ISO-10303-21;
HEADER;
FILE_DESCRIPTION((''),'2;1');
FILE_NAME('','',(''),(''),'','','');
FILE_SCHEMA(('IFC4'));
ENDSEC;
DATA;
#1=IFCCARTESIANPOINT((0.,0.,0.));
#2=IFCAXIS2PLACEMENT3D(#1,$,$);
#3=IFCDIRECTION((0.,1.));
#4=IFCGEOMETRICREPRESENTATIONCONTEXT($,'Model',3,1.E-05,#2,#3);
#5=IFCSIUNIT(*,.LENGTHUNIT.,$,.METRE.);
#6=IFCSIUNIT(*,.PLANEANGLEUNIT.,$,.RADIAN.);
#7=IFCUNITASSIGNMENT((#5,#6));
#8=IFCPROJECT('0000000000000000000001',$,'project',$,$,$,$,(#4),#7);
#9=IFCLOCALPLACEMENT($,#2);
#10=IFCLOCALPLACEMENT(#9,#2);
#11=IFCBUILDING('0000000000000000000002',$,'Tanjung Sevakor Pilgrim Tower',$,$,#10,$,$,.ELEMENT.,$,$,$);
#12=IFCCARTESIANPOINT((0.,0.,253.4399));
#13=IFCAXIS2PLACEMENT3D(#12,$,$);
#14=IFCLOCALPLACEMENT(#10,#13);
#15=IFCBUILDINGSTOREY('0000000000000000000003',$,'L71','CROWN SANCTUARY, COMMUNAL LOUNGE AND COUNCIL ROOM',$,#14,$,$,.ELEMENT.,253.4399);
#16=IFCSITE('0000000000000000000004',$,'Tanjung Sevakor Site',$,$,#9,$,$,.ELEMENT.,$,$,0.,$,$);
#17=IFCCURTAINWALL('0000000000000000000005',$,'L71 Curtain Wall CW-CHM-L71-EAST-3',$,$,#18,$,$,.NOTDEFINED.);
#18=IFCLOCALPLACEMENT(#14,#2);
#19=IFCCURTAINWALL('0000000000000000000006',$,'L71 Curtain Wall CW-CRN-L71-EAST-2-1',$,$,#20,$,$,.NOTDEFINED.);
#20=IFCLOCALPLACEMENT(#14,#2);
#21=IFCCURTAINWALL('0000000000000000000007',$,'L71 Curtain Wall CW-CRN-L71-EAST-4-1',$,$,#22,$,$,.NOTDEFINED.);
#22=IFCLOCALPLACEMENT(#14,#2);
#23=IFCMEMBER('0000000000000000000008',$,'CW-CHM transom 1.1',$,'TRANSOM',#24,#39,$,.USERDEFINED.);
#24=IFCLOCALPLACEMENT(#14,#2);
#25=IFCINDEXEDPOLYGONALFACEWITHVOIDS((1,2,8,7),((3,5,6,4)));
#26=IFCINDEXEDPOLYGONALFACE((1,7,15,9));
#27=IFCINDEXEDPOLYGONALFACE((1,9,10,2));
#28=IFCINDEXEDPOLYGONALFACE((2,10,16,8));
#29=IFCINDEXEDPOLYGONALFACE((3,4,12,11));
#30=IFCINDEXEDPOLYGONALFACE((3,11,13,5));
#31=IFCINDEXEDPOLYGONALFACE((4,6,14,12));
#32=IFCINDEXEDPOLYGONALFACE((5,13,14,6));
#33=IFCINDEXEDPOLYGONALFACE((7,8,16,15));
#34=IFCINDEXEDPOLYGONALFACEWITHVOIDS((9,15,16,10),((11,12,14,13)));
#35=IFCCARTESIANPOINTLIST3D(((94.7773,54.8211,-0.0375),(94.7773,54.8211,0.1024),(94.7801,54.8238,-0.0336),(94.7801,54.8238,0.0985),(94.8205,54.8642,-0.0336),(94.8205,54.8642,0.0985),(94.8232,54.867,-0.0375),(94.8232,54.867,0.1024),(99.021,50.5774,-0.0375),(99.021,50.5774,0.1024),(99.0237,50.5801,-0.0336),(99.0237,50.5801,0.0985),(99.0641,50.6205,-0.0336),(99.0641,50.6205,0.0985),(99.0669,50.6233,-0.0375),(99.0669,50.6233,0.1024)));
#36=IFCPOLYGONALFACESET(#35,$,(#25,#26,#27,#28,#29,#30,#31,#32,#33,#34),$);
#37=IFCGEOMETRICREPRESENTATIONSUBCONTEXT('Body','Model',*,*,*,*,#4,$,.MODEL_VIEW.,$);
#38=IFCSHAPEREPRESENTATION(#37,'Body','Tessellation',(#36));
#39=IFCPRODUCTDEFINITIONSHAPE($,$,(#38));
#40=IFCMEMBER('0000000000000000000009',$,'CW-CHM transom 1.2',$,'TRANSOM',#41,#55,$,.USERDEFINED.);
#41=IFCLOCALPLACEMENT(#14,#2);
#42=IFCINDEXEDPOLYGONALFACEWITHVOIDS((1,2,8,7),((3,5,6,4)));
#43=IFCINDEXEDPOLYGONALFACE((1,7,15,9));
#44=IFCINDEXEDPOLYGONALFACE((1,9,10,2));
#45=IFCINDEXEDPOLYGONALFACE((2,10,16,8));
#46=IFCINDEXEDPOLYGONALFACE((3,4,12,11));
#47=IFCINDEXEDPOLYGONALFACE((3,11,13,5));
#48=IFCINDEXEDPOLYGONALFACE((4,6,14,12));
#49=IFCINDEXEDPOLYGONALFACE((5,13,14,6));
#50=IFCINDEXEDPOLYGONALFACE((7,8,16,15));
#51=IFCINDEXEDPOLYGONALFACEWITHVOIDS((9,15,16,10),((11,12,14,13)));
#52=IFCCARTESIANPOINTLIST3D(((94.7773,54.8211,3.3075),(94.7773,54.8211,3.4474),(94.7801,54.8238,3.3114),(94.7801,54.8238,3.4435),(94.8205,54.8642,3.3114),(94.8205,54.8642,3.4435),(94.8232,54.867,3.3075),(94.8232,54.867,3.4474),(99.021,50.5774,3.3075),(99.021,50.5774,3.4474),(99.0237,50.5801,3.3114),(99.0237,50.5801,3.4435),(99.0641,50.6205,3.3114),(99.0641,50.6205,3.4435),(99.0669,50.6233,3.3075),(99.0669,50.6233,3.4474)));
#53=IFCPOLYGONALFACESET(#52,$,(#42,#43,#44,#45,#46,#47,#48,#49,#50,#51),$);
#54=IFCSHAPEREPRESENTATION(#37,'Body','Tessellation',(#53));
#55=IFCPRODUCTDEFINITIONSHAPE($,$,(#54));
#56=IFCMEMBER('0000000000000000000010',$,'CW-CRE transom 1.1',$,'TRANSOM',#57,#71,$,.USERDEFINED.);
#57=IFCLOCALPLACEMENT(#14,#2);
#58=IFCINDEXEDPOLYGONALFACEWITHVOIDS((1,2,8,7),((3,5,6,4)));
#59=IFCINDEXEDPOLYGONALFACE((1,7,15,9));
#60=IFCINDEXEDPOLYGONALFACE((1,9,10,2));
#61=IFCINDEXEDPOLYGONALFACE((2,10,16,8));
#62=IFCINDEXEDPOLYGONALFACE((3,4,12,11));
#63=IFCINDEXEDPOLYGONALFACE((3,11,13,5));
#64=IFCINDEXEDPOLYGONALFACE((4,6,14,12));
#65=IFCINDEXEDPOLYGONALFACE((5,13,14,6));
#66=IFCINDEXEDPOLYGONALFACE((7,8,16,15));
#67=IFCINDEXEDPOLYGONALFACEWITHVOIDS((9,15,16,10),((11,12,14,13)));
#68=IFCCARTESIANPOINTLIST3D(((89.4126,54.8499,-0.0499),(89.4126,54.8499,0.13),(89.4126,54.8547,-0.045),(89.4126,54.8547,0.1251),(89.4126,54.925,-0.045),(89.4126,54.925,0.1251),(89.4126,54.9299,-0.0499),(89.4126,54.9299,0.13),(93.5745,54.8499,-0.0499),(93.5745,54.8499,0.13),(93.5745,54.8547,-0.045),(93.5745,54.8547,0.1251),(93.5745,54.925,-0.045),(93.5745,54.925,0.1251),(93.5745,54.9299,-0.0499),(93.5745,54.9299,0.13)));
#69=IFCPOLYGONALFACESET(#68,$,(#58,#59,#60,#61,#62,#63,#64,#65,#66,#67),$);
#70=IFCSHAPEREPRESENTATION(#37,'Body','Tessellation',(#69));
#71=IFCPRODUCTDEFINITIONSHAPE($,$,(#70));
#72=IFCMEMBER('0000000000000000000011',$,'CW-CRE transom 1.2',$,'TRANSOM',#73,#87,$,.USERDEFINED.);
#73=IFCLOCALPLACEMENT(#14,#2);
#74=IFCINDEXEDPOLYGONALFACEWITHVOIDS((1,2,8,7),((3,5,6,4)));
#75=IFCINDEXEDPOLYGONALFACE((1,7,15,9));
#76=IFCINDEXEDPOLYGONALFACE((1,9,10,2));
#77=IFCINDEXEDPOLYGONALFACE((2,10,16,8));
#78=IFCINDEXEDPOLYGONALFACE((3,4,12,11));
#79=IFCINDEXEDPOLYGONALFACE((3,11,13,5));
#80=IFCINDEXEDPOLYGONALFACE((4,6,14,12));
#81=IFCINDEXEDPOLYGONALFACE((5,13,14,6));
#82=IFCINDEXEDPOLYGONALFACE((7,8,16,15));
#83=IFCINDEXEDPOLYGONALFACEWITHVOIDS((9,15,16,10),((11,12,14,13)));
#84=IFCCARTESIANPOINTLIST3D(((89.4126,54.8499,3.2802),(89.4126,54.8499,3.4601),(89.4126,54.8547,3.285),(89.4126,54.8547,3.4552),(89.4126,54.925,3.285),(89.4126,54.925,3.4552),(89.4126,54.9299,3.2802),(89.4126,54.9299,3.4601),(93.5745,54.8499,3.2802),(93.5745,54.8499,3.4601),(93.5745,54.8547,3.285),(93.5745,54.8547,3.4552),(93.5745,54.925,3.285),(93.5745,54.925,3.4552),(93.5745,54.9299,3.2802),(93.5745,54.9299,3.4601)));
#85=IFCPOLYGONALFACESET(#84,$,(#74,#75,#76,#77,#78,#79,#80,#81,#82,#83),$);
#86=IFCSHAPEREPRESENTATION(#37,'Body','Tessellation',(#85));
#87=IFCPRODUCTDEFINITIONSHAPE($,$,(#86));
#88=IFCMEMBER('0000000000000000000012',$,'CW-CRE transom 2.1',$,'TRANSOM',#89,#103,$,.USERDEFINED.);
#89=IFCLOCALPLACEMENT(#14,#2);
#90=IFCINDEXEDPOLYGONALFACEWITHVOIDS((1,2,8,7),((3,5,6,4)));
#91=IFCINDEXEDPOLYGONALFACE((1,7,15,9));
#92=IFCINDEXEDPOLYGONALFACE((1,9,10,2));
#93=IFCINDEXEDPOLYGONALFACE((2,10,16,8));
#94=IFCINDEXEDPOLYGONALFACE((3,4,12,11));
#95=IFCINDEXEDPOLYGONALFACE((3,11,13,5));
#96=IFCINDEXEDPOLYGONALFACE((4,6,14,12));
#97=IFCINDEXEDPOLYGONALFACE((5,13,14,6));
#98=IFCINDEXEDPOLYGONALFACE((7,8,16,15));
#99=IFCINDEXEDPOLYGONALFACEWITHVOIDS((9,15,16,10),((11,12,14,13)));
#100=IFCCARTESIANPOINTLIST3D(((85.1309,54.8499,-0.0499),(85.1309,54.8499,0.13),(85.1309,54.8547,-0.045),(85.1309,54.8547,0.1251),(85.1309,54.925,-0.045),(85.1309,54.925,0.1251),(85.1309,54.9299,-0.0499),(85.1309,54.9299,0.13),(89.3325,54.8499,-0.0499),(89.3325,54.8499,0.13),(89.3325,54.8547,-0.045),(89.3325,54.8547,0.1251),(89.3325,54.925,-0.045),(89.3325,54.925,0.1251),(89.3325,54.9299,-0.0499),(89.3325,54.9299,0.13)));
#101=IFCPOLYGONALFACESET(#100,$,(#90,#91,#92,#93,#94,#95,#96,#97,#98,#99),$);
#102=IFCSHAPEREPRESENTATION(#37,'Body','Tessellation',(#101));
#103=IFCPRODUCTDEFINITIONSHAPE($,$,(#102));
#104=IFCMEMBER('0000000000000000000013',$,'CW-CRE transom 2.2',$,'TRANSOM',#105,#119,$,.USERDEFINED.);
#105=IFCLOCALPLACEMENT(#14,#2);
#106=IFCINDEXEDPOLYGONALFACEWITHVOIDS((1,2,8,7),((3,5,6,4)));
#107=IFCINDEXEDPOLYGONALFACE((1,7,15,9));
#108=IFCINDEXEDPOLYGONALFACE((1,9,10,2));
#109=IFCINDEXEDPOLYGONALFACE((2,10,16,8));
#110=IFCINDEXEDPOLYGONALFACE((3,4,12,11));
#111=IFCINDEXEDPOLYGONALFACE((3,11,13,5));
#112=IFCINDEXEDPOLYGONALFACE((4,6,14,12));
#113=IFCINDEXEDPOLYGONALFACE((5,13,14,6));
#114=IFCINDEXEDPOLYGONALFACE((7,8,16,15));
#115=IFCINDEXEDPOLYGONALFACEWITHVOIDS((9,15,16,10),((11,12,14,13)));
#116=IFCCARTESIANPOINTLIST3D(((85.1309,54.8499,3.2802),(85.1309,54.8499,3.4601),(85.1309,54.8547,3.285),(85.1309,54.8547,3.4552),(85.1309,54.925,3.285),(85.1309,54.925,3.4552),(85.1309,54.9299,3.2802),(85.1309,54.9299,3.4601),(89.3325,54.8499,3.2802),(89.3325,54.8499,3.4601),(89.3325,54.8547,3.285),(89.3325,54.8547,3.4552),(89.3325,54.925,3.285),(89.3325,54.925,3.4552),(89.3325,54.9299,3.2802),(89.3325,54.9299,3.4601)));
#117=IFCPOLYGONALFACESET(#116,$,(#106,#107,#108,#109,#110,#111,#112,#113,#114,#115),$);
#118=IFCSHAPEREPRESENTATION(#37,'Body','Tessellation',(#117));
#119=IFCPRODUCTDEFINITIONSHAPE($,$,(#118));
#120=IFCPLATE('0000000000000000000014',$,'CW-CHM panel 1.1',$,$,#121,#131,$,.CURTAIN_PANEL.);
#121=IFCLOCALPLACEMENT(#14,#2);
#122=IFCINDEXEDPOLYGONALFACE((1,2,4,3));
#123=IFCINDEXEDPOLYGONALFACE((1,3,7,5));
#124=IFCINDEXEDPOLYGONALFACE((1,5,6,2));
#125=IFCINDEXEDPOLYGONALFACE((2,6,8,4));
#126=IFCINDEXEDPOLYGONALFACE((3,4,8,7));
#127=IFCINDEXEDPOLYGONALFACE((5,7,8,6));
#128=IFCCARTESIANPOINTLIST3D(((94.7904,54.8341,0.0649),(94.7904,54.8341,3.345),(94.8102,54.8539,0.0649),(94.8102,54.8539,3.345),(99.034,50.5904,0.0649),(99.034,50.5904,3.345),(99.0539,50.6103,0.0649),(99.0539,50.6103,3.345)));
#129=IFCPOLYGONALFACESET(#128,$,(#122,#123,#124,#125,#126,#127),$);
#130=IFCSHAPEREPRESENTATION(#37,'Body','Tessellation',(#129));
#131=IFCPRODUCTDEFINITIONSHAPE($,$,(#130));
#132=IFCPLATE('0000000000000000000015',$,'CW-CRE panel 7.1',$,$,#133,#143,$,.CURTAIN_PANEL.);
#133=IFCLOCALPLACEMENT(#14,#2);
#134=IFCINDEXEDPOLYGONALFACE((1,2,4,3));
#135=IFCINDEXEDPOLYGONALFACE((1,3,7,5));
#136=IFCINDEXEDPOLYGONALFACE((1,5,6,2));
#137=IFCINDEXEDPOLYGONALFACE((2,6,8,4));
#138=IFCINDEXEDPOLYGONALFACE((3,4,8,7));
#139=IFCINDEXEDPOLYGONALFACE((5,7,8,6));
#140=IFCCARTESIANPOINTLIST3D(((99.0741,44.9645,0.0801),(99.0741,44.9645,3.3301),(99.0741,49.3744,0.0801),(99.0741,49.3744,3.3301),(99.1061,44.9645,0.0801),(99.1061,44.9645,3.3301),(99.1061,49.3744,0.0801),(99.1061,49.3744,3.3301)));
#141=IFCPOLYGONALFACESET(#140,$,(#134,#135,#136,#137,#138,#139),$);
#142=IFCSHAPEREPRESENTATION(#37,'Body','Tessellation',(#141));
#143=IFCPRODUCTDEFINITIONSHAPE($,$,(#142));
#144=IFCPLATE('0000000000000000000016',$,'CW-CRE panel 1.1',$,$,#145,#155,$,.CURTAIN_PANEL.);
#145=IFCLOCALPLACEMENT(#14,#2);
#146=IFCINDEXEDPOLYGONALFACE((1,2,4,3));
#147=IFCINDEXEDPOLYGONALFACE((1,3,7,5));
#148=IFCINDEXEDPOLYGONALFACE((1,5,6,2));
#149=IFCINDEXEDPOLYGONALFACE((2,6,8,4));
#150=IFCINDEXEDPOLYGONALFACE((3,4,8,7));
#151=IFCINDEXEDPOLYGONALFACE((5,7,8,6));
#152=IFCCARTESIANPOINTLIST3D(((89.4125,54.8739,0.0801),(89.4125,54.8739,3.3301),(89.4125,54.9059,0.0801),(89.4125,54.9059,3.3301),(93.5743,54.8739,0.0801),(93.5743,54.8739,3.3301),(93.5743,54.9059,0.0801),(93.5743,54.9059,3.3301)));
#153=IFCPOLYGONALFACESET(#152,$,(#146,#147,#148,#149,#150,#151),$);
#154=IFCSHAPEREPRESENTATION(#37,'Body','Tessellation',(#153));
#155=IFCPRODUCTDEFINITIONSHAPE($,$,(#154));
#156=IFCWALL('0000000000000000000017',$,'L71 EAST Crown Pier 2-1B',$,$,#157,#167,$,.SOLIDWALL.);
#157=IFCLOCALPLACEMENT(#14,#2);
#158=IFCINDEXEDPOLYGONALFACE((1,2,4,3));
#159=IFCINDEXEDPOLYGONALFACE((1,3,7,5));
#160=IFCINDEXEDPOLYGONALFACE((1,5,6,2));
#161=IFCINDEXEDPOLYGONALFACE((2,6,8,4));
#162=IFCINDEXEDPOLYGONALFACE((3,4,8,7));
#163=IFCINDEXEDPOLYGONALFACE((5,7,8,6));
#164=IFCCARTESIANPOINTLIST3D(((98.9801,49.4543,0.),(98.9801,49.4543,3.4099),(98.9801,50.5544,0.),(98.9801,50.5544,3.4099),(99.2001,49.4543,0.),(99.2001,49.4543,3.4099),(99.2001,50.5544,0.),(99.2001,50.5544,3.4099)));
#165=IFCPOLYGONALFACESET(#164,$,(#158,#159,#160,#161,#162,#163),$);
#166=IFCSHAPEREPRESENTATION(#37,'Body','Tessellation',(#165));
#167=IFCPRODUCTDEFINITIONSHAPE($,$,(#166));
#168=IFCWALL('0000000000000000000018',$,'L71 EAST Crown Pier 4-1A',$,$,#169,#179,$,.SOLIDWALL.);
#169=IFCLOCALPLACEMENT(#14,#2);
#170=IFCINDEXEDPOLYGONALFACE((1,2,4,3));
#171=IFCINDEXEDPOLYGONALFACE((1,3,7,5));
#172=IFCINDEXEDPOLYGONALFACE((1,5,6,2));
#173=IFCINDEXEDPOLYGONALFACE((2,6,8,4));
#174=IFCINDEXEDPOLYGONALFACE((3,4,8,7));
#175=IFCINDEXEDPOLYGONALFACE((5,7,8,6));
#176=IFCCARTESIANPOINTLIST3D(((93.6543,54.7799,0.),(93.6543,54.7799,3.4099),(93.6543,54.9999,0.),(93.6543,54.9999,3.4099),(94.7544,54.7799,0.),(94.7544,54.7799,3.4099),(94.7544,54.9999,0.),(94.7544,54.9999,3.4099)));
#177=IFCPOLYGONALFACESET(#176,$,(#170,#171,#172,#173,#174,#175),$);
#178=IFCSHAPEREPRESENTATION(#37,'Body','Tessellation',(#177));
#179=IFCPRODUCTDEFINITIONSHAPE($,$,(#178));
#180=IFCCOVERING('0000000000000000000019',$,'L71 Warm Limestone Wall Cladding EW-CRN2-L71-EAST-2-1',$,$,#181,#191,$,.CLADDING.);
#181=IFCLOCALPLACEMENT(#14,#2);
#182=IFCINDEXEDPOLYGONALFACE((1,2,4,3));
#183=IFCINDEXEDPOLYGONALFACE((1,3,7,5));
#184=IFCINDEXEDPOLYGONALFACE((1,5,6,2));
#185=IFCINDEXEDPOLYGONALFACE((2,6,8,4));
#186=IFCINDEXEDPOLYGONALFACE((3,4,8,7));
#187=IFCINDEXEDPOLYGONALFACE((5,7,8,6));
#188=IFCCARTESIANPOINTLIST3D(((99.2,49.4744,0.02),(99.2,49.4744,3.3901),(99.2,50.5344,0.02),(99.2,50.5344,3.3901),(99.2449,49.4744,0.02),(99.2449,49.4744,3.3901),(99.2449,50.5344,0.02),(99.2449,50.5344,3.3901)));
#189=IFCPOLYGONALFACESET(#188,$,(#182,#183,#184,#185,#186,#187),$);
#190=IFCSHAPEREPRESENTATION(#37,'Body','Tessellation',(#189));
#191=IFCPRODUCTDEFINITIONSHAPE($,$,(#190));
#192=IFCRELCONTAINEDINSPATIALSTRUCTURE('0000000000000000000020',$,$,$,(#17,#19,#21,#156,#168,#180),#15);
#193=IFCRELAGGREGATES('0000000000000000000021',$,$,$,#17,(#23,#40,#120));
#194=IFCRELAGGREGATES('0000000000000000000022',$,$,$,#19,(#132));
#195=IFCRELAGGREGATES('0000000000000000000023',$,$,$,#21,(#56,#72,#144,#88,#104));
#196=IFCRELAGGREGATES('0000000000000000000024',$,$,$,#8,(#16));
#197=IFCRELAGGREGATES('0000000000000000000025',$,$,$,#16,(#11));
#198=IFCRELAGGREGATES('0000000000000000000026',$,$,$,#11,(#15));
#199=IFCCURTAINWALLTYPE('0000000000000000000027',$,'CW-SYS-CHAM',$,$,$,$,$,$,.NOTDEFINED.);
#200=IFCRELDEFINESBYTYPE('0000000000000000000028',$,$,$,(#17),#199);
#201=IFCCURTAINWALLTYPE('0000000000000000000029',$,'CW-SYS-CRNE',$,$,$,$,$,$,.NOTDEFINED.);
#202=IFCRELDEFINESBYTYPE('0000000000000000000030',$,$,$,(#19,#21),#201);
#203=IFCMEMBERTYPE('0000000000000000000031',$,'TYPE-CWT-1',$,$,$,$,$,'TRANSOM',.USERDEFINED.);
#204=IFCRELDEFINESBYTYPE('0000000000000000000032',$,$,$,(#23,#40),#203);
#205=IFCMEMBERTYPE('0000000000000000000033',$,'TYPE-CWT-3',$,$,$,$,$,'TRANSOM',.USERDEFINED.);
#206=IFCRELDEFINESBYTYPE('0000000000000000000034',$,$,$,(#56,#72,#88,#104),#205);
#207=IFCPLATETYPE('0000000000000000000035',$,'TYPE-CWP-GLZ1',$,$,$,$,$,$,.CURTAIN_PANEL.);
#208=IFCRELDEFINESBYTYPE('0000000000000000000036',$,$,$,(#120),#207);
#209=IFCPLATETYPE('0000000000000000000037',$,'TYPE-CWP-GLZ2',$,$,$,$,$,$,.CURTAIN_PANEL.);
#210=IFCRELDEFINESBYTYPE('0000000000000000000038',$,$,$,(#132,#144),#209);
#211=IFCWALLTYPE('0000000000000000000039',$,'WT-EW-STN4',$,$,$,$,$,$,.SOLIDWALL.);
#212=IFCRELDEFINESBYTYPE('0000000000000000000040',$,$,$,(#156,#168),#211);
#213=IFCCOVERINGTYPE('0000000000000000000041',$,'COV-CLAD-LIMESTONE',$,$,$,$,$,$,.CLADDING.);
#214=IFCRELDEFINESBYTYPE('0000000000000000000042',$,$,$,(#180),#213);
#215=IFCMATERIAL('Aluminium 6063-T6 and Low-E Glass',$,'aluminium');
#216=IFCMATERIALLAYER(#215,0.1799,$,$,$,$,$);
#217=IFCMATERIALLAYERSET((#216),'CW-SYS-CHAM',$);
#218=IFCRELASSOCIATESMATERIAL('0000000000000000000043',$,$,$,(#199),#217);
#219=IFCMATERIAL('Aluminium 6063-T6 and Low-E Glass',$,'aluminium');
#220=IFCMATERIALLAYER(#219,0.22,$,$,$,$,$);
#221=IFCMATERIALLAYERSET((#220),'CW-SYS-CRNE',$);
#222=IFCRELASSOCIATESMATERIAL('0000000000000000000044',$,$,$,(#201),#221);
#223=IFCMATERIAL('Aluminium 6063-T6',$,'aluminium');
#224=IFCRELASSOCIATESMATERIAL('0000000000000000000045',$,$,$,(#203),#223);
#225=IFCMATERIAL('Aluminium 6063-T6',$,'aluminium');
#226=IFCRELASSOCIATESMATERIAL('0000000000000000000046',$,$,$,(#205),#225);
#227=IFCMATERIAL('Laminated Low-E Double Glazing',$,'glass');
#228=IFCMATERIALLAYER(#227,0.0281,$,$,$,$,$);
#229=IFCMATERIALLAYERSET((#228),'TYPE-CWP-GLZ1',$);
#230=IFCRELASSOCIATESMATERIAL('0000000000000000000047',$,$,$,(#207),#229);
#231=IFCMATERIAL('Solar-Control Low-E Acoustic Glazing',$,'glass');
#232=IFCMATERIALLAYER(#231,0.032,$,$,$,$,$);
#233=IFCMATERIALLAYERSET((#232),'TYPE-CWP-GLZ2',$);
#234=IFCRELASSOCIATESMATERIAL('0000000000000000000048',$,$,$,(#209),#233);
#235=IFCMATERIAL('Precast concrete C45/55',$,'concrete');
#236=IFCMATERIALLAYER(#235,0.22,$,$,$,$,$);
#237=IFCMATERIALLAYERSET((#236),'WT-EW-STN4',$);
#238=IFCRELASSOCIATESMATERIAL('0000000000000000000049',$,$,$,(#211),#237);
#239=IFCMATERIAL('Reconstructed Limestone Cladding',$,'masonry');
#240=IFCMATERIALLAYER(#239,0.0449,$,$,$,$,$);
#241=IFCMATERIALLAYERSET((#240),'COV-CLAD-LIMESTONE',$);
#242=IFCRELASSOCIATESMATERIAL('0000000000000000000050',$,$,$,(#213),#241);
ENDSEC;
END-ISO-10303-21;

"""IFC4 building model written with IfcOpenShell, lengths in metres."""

from ifc_helpers import new_model, si_unit, direction, frame, frame_2d, origin, origin_2d, place, context, subcontext, project, spatial, rectangle, hollow_rectangle, extrude, material, layer, layer_set, material_profile, profile_set, type_object, element, aggregate, save


model = new_model("IFC4")

# Units and contexts
model_context = context("Model", 3, precision=1e-05, world=origin(), true_north=direction((0.0, 1.0)))
body_context = subcontext(model_context, "Body", "Model", "MODEL_VIEW")
ifc_project = project(units=[si_unit("LENGTHUNIT", "METRE"), si_unit("PLANEANGLEUNIT", "RADIAN")], contexts=[model_context])

# Site, building, storey
site_placement = place(None, origin())
site = spatial("IfcSite", under=ifc_project, at=site_placement, Name="Tanjung Sevakor Site", CompositionType="ELEMENT", RefElevation=0.0)
building_placement = place(site_placement, origin())
building = spatial("IfcBuilding", under=site, at=building_placement, Name="Tanjung Sevakor Pilgrim Tower", CompositionType="ELEMENT")
storey_placement = place(building_placement, frame((0.0, 0.0, 253.4399)))
storey = spatial("IfcBuildingStorey", under=building, at=storey_placement, Name="L71", Description="CROWN SANCTUARY, COMMUNAL LOUNGE AND COUNCIL ROOM", CompositionType="ELEMENT", Elevation=253.4399)

# Curtain wall
ifc_material_1 = material(Name="Aluminium 6063-T6 and Low-E Glass", Category="aluminium")
ifc_layer_1 = layer(ifc_material_1, 0.1799)
ifc_layer_set_1 = layer_set([ifc_layer_1], Name="CW-SYS-CHAM")
curtain_wall_type_1 = type_object("IfcCurtainWallType", Name="CW-SYS-CHAM", PredefinedType="NOTDEFINED", material=ifc_layer_set_1)
curtain_wall_1_placement = place(storey_placement, origin())
curtain_wall_1 = element("IfcCurtainWall", 1, at=curtain_wall_1_placement, inside=storey, type_object=curtain_wall_type_1, Name="L71 Curtain Wall CW-CHM-L71-EAST-3", PredefinedType="NOTDEFINED")

# Curtain wall
ifc_material_2 = material(Name="Aluminium 6063-T6 and Low-E Glass", Category="aluminium")
ifc_layer_2 = layer(ifc_material_2, 0.22)
ifc_layer_set_2 = layer_set([ifc_layer_2], Name="CW-SYS-CRNE")
curtain_wall_type_2 = type_object("IfcCurtainWallType", Name="CW-SYS-CRNE", PredefinedType="NOTDEFINED", material=ifc_layer_set_2)
curtain_wall_2_placement = place(storey_placement, origin())
curtain_wall_2 = element("IfcCurtainWall", 2, at=curtain_wall_2_placement, inside=storey, type_object=curtain_wall_type_2, Name="L71 Curtain Wall CW-CRN-L71-EAST-2-1", PredefinedType="NOTDEFINED")

# Curtain wall
curtain_wall_3_placement = place(storey_placement, origin())
curtain_wall_3 = element("IfcCurtainWall", 3, at=curtain_wall_3_placement, inside=storey, type_object=curtain_wall_type_2, Name="L71 Curtain Wall CW-CRN-L71-EAST-4-1", PredefinedType="NOTDEFINED")

# Members
ifc_material_3 = material(Name="Aluminium 6063-T6", Category="aluminium")
ifc_material_profile_1 = material_profile(ifc_material_3, hollow_rectangle(XDim=0.0649, YDim=0.1399, WallThickness=0.0039, at=origin_2d()))
ifc_profile_set_1 = profile_set([ifc_material_profile_1], Name="Aluminium 6063-T6")
member_type_1 = type_object("IfcMemberType", Name="TYPE-CWT-1", ElementType="TRANSOM", PredefinedType="USERDEFINED", material=ifc_profile_set_1)
member_1_placement = place(storey_placement, frame((99.0439, 50.6003, 0.0325), z_axis=(-0.707107, 0.707107, 0.0), x_axis=(-0.707107, -0.707107, 0.0)))
member_1 = element("IfcMember", 4, at=member_1_placement, type_object=member_type_1, Name="CW-CHM transom 1.1", ObjectType="TRANSOM", PredefinedType="USERDEFINED", context=body_context, shape_type="SweptSolid", body=[
    extrude(hollow_rectangle(XDim=0.0649, YDim=0.1399, WallThickness=0.0039, at=origin_2d()), origin(), (0.0, 0.0, 1.0), 6.0015),
])
member_2_placement = place(storey_placement, frame((99.0439, 50.6003, 3.3774), z_axis=(-0.707107, 0.707107, 0.0), x_axis=(-0.707107, -0.707107, 0.0)))
member_2 = element("IfcMember", 5, at=member_2_placement, type_object=member_type_1, Name="CW-CHM transom 1.2", ObjectType="TRANSOM", PredefinedType="USERDEFINED", context=body_context, shape_type="SweptSolid", body=[
    extrude(hollow_rectangle(XDim=0.0649, YDim=0.1399, WallThickness=0.0039, at=origin_2d()), origin(), (0.0, 0.0, 1.0), 6.0015),
])
ifc_material_4 = material(Name="Aluminium 6063-T6", Category="aluminium")
ifc_material_profile_2 = material_profile(ifc_material_4, hollow_rectangle(XDim=0.0801, YDim=0.1799, WallThickness=0.0049, at=origin_2d()))
ifc_profile_set_2 = profile_set([ifc_material_profile_2], Name="Aluminium 6063-T6")
member_type_2 = type_object("IfcMemberType", Name="TYPE-CWT-3", ElementType="TRANSOM", PredefinedType="USERDEFINED", material=ifc_profile_set_2)
member_3_placement = place(storey_placement, frame((93.5745, 54.8899, 0.04), z_axis=(-1.0, 0.0, 0.0), x_axis=(0.0, -1.0, 0.0)))
member_3 = element("IfcMember", 6, at=member_3_placement, type_object=member_type_2, Name="CW-CRE transom 1.1", ObjectType="TRANSOM", PredefinedType="USERDEFINED", context=body_context, shape_type="SweptSolid", body=[
    extrude(hollow_rectangle(XDim=0.0801, YDim=0.1799, WallThickness=0.0049, at=origin_2d()), origin(), (0.0, 0.0, 1.0), 4.1619),
])
member_4_placement = place(storey_placement, frame((93.5745, 54.8899, 3.3701), z_axis=(-1.0, 0.0, 0.0), x_axis=(0.0, -1.0, 0.0)))
member_4 = element("IfcMember", 7, at=member_4_placement, type_object=member_type_2, Name="CW-CRE transom 1.2", ObjectType="TRANSOM", PredefinedType="USERDEFINED", context=body_context, shape_type="SweptSolid", body=[
    extrude(hollow_rectangle(XDim=0.0801, YDim=0.1799, WallThickness=0.0049, at=origin_2d()), origin(), (0.0, 0.0, 1.0), 4.1619),
])
member_5_placement = place(storey_placement, frame((89.3325, 54.8899, 0.04), z_axis=(-1.0, 0.0, 0.0), x_axis=(0.0, -1.0, 0.0)))
member_5 = element("IfcMember", 8, at=member_5_placement, type_object=member_type_2, Name="CW-CRE transom 2.1", ObjectType="TRANSOM", PredefinedType="USERDEFINED", context=body_context, shape_type="SweptSolid", body=[
    extrude(hollow_rectangle(XDim=0.0801, YDim=0.1799, WallThickness=0.0049, at=origin_2d()), origin(), (0.0, 0.0, 1.0), 4.2017),
])
member_6_placement = place(storey_placement, frame((89.3325, 54.8899, 3.3701), z_axis=(-1.0, 0.0, 0.0), x_axis=(0.0, -1.0, 0.0)))
member_6 = element("IfcMember", 9, at=member_6_placement, type_object=member_type_2, Name="CW-CRE transom 2.2", ObjectType="TRANSOM", PredefinedType="USERDEFINED", context=body_context, shape_type="SweptSolid", body=[
    extrude(hollow_rectangle(XDim=0.0801, YDim=0.1799, WallThickness=0.0049, at=origin_2d()), origin(), (0.0, 0.0, 1.0), 4.2017),
])

# Plates
ifc_material_5 = material(Name="Laminated Low-E Double Glazing", Category="glass")
ifc_layer_3 = layer(ifc_material_5, 0.0281)
ifc_layer_set_3 = layer_set([ifc_layer_3], Name="TYPE-CWP-GLZ1")
plate_type_1 = type_object("IfcPlateType", Name="TYPE-CWP-GLZ1", PredefinedType="CURTAIN_PANEL", material=ifc_layer_set_3)
plate_1_placement = place(storey_placement, frame((96.9221, 52.7222, 0.0649), z_axis=(0.0, 0.0, 1.0), x_axis=(-0.707107, 0.707107, 0.0)))
plate_1 = element("IfcPlate", 10, at=plate_1_placement, type_object=plate_type_1, Name="CW-CHM panel 1.1", PredefinedType="CURTAIN_PANEL", context=body_context, shape_type="SweptSolid", body=[
    extrude(rectangle(XDim=6.0015, YDim=0.0281, at=origin_2d()), origin(), (0.0, 0.0, 1.0), 3.28),
])
aggregate(curtain_wall_1, [member_1, member_2, plate_1])
ifc_material_6 = material(Name="Solar-Control Low-E Acoustic Glazing", Category="glass")
ifc_layer_4 = layer(ifc_material_6, 0.032)
ifc_layer_set_4 = layer_set([ifc_layer_4], Name="TYPE-CWP-GLZ2")
plate_type_2 = type_object("IfcPlateType", Name="TYPE-CWP-GLZ2", PredefinedType="CURTAIN_PANEL", material=ifc_layer_set_4)
plate_2_placement = place(storey_placement, frame((99.0901, 47.1694, 0.0801), z_axis=(0.0, 0.0, 1.0), x_axis=(0.0, 1.0, 0.0)))
plate_2 = element("IfcPlate", 11, at=plate_2_placement, type_object=plate_type_2, Name="CW-CRE panel 7.1", PredefinedType="CURTAIN_PANEL", context=body_context, shape_type="SweptSolid", body=[
    extrude(rectangle(XDim=4.4099, YDim=0.032, at=origin_2d()), origin(), (0.0, 0.0, 1.0), 3.25),
])
aggregate(curtain_wall_2, [plate_2])
plate_3_placement = place(storey_placement, frame((91.4934, 54.8899, 0.0801), z_axis=(0.0, 0.0, 1.0), x_axis=(-1.0, 0.0, 0.0)))
plate_3 = element("IfcPlate", 12, at=plate_3_placement, type_object=plate_type_2, Name="CW-CRE panel 1.1", PredefinedType="CURTAIN_PANEL", context=body_context, shape_type="SweptSolid", body=[
    extrude(rectangle(XDim=4.1619, YDim=0.032, at=origin_2d()), origin(), (0.0, 0.0, 1.0), 3.25),
])
aggregate(curtain_wall_3, [member_3, member_4, plate_3, member_5, member_6])

# Walls
ifc_material_7 = material(Name="Precast concrete C45/55", Category="concrete")
ifc_layer_5 = layer(ifc_material_7, 0.22)
ifc_layer_set_5 = layer_set([ifc_layer_5], Name="WT-EW-STN4")
wall_type_1 = type_object("IfcWallType", Name="WT-EW-STN4", PredefinedType="SOLIDWALL", material=ifc_layer_set_5)
for number, where, z_axis, x_axis, name in (
    (13, (99.0901, 49.4543, 0.0), (0.0, 0.0, 1.0), (0.0, 1.0, 0.0), "L71 EAST Crown Pier 2-1B"),
    (14, (94.7544, 54.8899, 0.0), (0.0, 0.0, 1.0), (-1.0, 0.0, 0.0), "L71 EAST Crown Pier 4-1A"),
):
    element("IfcWall", number, at=place(storey_placement, frame(where, z_axis=z_axis, x_axis=x_axis)), inside=storey, type_object=wall_type_1, Name=name, PredefinedType="SOLIDWALL", context=body_context, shape_type="SweptSolid", body=[
        extrude(rectangle(XDim=1.1001, YDim=0.22, at=frame_2d((0.55, 0.0))), origin(), (0.0, 0.0, 1.0), 3.4099),
    ])

# Covering
ifc_material_8 = material(Name="Reconstructed Limestone Cladding", Category="masonry")
ifc_layer_6 = layer(ifc_material_8, 0.0449)
ifc_layer_set_6 = layer_set([ifc_layer_6], Name="COV-CLAD-LIMESTONE")
covering_type = type_object("IfcCoveringType", Name="COV-CLAD-LIMESTONE", PredefinedType="CLADDING", material=ifc_layer_set_6)
for number, where, z_axis, x_axis, name in (
    (15, (99.2224, 50.0044, 0.02), (0.0, 0.0, 1.0), (0.0, 1.0, 0.0), "L71 Warm Limestone Wall Cladding EW-CRN2-L71-EAST-2-1"),
):
    element("IfcCovering", number, at=place(storey_placement, frame(where, z_axis=z_axis, x_axis=x_axis)), inside=storey, type_object=covering_type, Name=name, PredefinedType="CLADDING", context=body_context, shape_type="SweptSolid", body=[
        extrude(rectangle(XDim=1.0601, YDim=0.0449, at=origin_2d()), origin(), (0.0, 0.0, 1.0), 3.3701),
    ])

save(model, "model.ifc")
